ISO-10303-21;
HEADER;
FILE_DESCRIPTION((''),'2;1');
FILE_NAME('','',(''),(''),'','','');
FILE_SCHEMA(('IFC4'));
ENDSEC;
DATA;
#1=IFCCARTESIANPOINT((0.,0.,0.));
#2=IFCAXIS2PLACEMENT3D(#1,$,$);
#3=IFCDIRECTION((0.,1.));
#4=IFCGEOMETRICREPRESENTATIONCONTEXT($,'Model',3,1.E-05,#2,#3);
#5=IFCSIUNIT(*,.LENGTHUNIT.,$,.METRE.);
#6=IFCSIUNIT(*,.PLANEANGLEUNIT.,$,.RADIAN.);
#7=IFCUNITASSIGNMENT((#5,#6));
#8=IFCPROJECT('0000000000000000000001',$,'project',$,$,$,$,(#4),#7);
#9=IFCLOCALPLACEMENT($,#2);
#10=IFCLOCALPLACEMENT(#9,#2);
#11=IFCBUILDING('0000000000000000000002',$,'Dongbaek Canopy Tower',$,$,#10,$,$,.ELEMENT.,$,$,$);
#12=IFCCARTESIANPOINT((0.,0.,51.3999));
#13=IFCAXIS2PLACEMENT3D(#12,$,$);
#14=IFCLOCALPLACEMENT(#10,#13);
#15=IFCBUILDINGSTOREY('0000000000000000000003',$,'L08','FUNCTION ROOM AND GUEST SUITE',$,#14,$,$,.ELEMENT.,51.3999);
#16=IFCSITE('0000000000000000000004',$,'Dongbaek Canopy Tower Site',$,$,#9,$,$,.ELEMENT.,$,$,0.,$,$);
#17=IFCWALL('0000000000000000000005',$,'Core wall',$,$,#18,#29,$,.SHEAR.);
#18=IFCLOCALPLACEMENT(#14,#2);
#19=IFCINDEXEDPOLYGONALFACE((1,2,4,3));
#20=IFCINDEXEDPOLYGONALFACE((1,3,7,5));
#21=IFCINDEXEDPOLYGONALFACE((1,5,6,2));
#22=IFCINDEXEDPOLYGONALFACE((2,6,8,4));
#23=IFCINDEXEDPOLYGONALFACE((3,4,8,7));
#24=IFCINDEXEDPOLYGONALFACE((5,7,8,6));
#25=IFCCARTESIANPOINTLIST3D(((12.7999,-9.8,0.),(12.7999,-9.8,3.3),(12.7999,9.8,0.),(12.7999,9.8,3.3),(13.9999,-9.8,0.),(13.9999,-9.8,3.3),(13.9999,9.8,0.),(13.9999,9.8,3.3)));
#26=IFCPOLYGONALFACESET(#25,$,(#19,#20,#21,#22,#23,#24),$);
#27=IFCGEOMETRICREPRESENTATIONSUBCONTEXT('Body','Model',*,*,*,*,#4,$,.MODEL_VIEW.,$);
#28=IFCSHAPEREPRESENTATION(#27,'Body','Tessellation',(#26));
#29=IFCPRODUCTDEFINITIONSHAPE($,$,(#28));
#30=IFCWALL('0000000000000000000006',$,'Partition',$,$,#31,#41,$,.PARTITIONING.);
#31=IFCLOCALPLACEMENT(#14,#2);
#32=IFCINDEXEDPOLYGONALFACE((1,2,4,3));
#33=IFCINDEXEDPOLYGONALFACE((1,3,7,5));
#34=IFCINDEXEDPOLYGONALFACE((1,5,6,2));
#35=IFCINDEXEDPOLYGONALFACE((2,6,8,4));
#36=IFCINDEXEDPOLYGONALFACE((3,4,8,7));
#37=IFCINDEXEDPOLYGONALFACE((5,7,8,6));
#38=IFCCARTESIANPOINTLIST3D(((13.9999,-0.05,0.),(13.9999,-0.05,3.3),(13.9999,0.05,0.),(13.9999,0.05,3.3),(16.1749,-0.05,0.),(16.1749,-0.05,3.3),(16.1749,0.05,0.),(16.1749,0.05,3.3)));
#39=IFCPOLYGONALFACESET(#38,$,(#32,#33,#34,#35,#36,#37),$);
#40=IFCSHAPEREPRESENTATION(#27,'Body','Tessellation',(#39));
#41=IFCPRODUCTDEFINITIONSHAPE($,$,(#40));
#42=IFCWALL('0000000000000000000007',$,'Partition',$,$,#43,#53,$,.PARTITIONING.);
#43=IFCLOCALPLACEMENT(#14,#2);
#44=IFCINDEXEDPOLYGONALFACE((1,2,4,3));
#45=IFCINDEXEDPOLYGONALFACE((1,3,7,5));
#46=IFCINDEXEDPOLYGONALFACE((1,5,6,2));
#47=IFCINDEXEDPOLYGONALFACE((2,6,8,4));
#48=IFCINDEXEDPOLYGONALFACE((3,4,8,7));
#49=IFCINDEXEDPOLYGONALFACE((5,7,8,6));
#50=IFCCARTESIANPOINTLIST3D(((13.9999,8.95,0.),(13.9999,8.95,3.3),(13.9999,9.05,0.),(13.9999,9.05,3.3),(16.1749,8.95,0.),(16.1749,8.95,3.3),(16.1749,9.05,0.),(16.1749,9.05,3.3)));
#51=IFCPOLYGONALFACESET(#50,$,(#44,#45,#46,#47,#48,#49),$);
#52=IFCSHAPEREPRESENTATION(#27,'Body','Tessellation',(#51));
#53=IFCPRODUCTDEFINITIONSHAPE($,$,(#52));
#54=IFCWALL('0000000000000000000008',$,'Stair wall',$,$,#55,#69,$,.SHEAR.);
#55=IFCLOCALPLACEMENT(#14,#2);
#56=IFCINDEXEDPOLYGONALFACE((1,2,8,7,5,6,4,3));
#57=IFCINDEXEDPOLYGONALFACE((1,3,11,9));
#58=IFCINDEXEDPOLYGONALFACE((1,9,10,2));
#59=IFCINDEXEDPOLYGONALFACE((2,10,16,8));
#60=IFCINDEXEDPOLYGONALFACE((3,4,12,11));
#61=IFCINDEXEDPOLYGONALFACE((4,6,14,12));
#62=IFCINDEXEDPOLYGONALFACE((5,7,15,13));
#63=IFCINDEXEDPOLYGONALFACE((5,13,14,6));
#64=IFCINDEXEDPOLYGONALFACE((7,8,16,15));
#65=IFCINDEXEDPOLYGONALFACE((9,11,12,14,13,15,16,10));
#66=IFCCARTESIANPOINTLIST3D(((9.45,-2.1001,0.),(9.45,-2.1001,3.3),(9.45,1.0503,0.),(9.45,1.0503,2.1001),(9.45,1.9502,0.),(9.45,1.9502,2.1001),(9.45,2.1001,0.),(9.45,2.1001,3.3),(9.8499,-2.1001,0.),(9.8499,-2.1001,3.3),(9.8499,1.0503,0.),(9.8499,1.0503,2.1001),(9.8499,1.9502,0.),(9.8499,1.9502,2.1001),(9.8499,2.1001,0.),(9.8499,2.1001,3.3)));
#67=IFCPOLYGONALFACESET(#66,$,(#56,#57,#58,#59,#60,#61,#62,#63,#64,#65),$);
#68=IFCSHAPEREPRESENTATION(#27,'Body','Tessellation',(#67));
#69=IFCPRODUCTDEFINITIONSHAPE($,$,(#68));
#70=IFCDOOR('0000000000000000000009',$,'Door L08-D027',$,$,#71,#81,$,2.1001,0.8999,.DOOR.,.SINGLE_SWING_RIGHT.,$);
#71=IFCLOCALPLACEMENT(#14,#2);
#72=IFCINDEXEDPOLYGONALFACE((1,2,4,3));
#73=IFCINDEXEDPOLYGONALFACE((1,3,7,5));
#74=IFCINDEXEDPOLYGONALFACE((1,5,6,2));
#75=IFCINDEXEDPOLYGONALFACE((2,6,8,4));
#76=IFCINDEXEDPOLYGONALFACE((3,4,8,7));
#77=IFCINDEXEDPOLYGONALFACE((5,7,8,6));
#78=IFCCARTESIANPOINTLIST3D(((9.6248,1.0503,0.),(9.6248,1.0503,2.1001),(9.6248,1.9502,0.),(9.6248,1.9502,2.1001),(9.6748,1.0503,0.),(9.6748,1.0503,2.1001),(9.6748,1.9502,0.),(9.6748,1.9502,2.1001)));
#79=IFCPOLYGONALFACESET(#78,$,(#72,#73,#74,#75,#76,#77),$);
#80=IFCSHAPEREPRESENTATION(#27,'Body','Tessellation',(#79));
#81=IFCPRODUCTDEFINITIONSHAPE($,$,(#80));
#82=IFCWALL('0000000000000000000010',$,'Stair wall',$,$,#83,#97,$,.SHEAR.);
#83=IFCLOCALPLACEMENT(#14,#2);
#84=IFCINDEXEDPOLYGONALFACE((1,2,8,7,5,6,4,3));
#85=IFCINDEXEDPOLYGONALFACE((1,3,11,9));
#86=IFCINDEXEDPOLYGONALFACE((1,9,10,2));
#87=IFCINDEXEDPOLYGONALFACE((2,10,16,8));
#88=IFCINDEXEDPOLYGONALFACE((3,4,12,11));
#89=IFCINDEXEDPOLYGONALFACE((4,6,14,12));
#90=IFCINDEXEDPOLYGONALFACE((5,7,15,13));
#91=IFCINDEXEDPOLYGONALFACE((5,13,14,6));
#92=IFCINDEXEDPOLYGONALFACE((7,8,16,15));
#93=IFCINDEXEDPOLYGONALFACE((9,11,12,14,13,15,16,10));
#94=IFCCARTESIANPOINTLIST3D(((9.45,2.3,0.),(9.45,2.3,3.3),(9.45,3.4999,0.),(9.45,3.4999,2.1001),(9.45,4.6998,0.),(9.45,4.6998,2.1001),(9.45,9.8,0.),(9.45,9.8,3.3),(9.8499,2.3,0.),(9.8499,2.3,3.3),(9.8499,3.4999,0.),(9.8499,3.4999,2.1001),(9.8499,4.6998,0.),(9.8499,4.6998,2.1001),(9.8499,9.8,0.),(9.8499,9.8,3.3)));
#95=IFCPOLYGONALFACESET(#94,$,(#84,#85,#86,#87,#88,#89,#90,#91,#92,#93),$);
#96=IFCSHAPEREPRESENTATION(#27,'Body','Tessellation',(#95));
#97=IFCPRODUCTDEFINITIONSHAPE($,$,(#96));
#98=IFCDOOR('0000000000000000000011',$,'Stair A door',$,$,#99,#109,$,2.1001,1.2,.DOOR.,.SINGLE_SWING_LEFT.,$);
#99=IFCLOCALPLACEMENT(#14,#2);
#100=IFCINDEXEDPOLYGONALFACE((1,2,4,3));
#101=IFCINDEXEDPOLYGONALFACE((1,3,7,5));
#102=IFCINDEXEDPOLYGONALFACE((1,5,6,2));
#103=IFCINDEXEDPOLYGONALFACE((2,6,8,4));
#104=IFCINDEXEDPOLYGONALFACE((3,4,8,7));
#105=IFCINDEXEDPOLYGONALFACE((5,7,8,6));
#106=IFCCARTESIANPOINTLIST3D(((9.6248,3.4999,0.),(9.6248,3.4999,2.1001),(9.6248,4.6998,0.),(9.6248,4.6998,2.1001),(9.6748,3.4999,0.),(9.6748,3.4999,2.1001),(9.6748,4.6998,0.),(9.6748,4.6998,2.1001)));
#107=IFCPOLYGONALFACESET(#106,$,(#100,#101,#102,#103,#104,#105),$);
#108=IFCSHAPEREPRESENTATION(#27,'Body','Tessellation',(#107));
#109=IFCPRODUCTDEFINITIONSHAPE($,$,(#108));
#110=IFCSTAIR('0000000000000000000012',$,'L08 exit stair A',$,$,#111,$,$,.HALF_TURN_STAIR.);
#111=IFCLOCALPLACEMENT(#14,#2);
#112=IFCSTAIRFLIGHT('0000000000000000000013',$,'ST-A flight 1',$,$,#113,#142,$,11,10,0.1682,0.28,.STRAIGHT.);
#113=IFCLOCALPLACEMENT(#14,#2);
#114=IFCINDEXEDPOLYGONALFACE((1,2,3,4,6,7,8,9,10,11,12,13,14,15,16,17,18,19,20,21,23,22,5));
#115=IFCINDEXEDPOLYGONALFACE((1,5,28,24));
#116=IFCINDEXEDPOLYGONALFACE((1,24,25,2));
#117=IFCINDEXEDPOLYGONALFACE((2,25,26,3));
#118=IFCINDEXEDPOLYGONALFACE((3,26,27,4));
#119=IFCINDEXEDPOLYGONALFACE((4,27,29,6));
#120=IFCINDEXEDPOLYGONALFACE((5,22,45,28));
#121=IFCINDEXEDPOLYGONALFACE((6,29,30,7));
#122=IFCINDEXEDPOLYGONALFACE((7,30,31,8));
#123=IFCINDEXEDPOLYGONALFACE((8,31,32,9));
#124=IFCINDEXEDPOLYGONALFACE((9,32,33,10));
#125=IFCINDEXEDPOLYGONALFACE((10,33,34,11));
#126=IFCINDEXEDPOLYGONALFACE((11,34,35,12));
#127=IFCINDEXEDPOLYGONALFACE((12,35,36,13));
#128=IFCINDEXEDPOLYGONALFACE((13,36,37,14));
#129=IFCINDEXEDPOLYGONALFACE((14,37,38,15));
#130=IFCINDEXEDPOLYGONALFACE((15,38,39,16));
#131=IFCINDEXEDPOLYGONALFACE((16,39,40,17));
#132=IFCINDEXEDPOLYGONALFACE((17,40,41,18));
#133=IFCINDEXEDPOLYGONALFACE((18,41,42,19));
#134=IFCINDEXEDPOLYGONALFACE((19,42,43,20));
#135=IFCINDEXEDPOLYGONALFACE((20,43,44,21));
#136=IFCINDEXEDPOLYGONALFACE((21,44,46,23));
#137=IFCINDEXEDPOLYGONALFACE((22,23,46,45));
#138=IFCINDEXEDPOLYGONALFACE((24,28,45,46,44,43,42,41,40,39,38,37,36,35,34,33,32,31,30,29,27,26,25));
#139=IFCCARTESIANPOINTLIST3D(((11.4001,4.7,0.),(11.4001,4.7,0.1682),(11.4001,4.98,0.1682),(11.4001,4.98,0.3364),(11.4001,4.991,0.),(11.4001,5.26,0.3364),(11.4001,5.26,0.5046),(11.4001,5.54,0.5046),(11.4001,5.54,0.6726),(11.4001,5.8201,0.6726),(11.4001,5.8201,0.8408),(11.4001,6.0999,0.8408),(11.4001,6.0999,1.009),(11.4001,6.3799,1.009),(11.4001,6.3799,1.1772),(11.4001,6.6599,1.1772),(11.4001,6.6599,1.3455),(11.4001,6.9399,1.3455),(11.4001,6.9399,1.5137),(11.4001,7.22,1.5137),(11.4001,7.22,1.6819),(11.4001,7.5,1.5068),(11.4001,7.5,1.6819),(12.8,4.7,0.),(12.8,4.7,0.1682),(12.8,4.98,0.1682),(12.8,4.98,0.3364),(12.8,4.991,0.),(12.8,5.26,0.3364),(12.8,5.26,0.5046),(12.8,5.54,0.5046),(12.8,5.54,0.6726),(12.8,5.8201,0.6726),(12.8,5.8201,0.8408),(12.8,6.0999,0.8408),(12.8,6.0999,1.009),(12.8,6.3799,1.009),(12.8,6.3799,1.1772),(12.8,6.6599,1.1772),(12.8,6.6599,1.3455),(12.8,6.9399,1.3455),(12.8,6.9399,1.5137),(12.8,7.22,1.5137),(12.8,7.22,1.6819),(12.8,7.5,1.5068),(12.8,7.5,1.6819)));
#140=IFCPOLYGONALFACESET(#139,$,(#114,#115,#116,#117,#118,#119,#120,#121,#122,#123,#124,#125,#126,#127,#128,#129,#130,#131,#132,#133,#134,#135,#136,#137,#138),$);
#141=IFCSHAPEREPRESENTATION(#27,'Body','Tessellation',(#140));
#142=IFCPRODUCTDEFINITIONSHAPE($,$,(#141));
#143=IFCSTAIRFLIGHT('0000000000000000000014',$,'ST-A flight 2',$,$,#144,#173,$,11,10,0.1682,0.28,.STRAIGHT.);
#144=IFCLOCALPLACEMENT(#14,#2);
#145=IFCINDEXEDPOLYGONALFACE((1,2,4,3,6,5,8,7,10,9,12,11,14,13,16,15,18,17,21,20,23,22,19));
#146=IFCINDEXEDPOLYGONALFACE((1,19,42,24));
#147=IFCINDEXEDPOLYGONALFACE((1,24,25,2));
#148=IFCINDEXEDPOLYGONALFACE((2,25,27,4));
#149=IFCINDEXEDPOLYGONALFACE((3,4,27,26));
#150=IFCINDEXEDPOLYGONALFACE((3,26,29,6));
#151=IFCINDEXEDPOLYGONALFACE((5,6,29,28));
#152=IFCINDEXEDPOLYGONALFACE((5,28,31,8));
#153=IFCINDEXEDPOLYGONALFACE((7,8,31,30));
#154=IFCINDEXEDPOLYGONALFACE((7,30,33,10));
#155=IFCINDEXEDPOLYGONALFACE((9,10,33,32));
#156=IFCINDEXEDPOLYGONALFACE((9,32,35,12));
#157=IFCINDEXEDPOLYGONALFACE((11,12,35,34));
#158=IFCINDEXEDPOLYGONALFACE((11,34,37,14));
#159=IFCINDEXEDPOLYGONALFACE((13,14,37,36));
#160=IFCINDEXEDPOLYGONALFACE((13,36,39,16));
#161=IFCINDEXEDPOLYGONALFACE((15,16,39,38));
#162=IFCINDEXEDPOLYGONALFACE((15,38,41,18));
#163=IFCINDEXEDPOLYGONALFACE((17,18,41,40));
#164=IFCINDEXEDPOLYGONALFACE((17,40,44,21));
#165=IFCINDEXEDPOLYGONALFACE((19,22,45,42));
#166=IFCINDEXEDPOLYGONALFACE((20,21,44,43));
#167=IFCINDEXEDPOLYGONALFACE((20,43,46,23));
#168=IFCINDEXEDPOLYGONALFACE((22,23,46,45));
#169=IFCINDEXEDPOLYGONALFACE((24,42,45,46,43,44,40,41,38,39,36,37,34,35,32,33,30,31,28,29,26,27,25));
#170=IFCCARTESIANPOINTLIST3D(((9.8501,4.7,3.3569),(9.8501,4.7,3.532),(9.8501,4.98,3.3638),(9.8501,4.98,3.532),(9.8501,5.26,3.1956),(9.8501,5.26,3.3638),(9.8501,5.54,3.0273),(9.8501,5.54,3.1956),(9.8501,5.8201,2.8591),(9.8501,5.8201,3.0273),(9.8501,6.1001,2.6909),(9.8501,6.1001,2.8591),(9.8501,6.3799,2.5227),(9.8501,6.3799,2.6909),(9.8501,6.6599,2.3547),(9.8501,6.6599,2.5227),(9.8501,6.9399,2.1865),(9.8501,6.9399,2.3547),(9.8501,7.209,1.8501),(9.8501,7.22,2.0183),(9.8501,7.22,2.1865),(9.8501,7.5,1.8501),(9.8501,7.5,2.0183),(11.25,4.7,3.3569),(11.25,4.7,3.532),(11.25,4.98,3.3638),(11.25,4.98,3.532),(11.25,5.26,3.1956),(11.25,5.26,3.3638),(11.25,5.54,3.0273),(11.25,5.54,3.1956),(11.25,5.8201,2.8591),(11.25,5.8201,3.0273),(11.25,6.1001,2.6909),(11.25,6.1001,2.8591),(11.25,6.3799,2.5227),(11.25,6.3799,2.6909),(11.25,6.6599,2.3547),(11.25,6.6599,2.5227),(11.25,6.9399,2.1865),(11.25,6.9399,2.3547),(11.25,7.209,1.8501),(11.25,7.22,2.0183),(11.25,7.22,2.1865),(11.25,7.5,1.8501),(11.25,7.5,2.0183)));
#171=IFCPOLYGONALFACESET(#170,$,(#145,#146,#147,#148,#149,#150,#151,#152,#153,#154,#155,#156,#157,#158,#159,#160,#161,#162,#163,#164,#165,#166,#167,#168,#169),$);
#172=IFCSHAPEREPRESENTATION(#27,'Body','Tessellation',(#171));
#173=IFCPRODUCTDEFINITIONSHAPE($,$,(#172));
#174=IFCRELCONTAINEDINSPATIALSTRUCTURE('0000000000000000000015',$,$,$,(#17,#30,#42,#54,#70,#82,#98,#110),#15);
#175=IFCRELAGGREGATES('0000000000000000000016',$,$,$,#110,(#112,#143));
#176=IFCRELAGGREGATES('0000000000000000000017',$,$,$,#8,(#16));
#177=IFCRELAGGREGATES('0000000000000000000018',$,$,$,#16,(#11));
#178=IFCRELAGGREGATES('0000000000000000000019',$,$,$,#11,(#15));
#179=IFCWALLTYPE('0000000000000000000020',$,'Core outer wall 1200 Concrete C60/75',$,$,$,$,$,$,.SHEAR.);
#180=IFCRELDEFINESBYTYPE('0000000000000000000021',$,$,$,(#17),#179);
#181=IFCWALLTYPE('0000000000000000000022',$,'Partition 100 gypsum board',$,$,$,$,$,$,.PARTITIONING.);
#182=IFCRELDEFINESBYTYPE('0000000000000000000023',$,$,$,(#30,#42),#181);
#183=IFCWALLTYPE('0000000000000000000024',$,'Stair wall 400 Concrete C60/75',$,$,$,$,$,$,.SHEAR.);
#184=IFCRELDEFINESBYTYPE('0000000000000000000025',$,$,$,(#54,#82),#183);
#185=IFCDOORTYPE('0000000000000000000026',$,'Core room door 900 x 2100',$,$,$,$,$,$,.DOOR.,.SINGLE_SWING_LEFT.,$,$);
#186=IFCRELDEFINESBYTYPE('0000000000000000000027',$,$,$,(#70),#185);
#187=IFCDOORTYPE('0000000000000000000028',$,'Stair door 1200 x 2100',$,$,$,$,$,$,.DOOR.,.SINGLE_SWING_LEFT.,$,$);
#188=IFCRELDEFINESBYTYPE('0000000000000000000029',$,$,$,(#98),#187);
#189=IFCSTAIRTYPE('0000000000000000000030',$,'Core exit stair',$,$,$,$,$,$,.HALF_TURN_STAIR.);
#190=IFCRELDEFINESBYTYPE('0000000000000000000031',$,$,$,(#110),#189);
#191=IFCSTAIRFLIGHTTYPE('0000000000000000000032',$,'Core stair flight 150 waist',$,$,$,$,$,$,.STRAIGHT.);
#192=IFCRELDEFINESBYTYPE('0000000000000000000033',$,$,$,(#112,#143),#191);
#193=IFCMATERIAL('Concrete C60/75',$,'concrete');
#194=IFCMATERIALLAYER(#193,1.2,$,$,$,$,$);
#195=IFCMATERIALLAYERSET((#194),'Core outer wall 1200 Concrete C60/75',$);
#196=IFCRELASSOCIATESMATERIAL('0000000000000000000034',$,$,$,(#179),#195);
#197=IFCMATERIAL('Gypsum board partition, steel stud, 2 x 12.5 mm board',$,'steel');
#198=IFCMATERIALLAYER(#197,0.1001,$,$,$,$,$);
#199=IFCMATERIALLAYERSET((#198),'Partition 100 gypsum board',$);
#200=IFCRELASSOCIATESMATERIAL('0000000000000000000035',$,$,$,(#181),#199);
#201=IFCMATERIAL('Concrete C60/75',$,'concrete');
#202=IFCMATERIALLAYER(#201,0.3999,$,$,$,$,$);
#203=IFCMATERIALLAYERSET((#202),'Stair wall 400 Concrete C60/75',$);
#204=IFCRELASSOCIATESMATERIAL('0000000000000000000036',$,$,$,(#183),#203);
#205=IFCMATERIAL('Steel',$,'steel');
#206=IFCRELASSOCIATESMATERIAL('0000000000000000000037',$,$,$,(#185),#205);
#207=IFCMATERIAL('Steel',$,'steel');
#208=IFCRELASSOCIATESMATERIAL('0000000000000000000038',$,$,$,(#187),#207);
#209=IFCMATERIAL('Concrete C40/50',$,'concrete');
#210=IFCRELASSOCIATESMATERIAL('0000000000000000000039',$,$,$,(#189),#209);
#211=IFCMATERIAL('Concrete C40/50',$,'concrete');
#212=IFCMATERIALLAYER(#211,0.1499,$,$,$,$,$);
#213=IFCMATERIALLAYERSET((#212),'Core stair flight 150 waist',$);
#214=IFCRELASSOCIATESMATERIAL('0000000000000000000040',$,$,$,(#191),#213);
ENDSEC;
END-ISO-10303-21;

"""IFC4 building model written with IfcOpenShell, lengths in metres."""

from ifc_helpers import new_model, si_unit, direction, frame, frame_2d, origin, place, context, subcontext, project, spatial, polyline, rectangle, outline, extrude, material, layer, layer_set, type_object, element, fill, aggregate, save


model = new_model("IFC4")

# Units and contexts
model_context = context("Model", 3, precision=1e-05, world=origin(), true_north=direction((0.0, 1.0)))
body_context = subcontext(model_context, "Body", "Model", "MODEL_VIEW")
ifc_project = project(units=[si_unit("LENGTHUNIT", "METRE"), si_unit("PLANEANGLEUNIT", "RADIAN")], contexts=[model_context])

# Site, building, storey
site_placement = place(None, origin())
site = spatial("IfcSite", under=ifc_project, at=site_placement, Name="Dongbaek Canopy Tower Site", CompositionType="ELEMENT", RefElevation=0.0)
building_placement = place(site_placement, origin())
building = spatial("IfcBuilding", under=site, at=building_placement, Name="Dongbaek Canopy Tower", CompositionType="ELEMENT")
storey_placement = place(building_placement, frame((0.0, 0.0, 51.3999)))
storey = spatial("IfcBuildingStorey", under=building, at=storey_placement, Name="L08", Description="FUNCTION ROOM AND GUEST SUITE", CompositionType="ELEMENT", Elevation=51.3999)

# Walls
ifc_material_1 = material(Name="Concrete C60/75", Category="concrete")
ifc_layer_1 = layer(ifc_material_1, 1.2)
ifc_layer_set_1 = layer_set([ifc_layer_1], Name="Core outer wall 1200 Concrete C60/75")
wall_type_1 = type_object("IfcWallType", Name="Core outer wall 1200 Concrete C60/75", PredefinedType="SHEAR", material=ifc_layer_set_1)
wall_1_placement = place(storey_placement, frame((13.3999, 9.8, 0.0), z_axis=(0.0, 0.0, 1.0), x_axis=(0.0, -1.0, 0.0)))
element("IfcWall", 1, at=wall_1_placement, inside=storey, type_object=wall_type_1, Name="Core wall", PredefinedType="SHEAR", context=body_context, shape_type="SweptSolid", body=[
    extrude(rectangle(XDim=19.6001, YDim=1.2, at=frame_2d((9.8, 0.0))), origin(), (0.0, 0.0, 1.0), 3.3),
])
ifc_material_2 = material(Name="Gypsum board partition, steel stud, 2 x 12.5 mm board", Category="steel")
ifc_layer_2 = layer(ifc_material_2, 0.1001)
ifc_layer_set_2 = layer_set([ifc_layer_2], Name="Partition 100 gypsum board")
wall_type_2 = type_object("IfcWallType", Name="Partition 100 gypsum board", PredefinedType="PARTITIONING", material=ifc_layer_set_2)
for number, where, z_axis, x_axis, name in (
    (2, (14.0, 0.0, 0.0), (0.0, 0.0, 1.0), (1.0, 0.0, 0.0), "Partition"),
    (3, (14.0, 9.0, 0.0), (0.0, 0.0, 1.0), (1.0, 0.0, 0.0), "Partition"),
):
    element("IfcWall", number, at=place(storey_placement, frame(where, z_axis=z_axis, x_axis=x_axis)), inside=storey, type_object=wall_type_2, Name=name, PredefinedType="PARTITIONING", context=body_context, shape_type="SweptSolid", body=[
        extrude(rectangle(XDim=2.175, YDim=0.1001, at=frame_2d((1.0874, 0.0))), origin(), (0.0, 0.0, 1.0), 3.3),
    ])

# Walls, openings, doors
ifc_material_3 = material(Name="Concrete C60/75", Category="concrete")
ifc_layer_3 = layer(ifc_material_3, 0.3999)
ifc_layer_set_3 = layer_set([ifc_layer_3], Name="Stair wall 400 Concrete C60/75")
wall_type_3 = type_object("IfcWallType", Name="Stair wall 400 Concrete C60/75", PredefinedType="SHEAR", material=ifc_layer_set_3)
wall_2_placement = place(storey_placement, frame((9.6499, 2.1001, 0.0), z_axis=(0.0, 0.0, 1.0), x_axis=(0.0, -1.0, 0.0)))
wall_2 = element("IfcWall", 4, at=wall_2_placement, inside=storey, type_object=wall_type_3, Name="Stair wall", PredefinedType="SHEAR", context=body_context, shape_type="SweptSolid", body=[
    extrude(rectangle(XDim=4.2002, YDim=0.3999, at=frame_2d((2.1001, 0.0))), origin(), (0.0, 0.0, 1.0), 3.3),
])
opening_1_placement = place(wall_2_placement, frame((0.1499, 0.0, 0.0)))
opening_1 = element("IfcOpeningElement", 5, at=opening_1_placement, cuts=wall_2, PredefinedType="OPENING", context=body_context, shape_type="SweptSolid", body=[
    extrude(rectangle(XDim=0.8999, YDim=2.1001, at=frame_2d((0.45, 1.05))), frame((0.0, 0.21, 0.0), z_axis=(0.0, -1.0, 0.0), x_axis=(1.0, 0.0, 0.0)), (0.0, 0.0, 1.0), 0.4199),
])
ifc_material_4 = material(Name="Steel", Category="steel")
door_type_1 = type_object("IfcDoorType", Name="Core room door 900 x 2100", OperationType="SINGLE_SWING_LEFT", PredefinedType="DOOR", material=ifc_material_4)
door_1_placement = place(opening_1_placement, origin())
door_1 = element("IfcDoor", 6, at=door_1_placement, inside=storey, type_object=door_type_1, Name="Door L08-D027", OperationType="SINGLE_SWING_RIGHT", OverallHeight=2.1001, OverallWidth=0.8999, PredefinedType="DOOR", context=body_context, shape_type="SweptSolid", body=[
    extrude(rectangle(XDim=0.8999, YDim=2.1001, at=frame_2d((0.45, 1.05))), frame((0.0, 0.0249, 0.0), z_axis=(0.0, -1.0, 0.0), x_axis=(1.0, 0.0, 0.0)), (0.0, 0.0, 1.0), 0.05),
])
fill(opening_1, door_1)
wall_3_placement = place(storey_placement, frame((9.6499, 9.8, 0.0), z_axis=(0.0, 0.0, 1.0), x_axis=(0.0, -1.0, 0.0)))
wall_3 = element("IfcWall", 7, at=wall_3_placement, inside=storey, type_object=wall_type_3, Name="Stair wall", PredefinedType="SHEAR", context=body_context, shape_type="SweptSolid", body=[
    extrude(rectangle(XDim=7.5, YDim=0.3999, at=frame_2d((3.75, 0.0))), origin(), (0.0, 0.0, 1.0), 3.3),
])
opening_2_placement = place(wall_3_placement, frame((5.1001, 0.0, 0.0)))
opening_2 = element("IfcOpeningElement", 8, at=opening_2_placement, cuts=wall_3, PredefinedType="OPENING", context=body_context, shape_type="SweptSolid", body=[
    extrude(rectangle(XDim=1.2, YDim=2.1001, at=frame_2d((0.6001, 1.05))), frame((0.0, 0.21, 0.0), z_axis=(0.0, -1.0, 0.0), x_axis=(1.0, 0.0, 0.0)), (0.0, 0.0, 1.0), 0.4199),
])
ifc_material_5 = material(Name="Steel", Category="steel")
door_type_2 = type_object("IfcDoorType", Name="Stair door 1200 x 2100", OperationType="SINGLE_SWING_LEFT", PredefinedType="DOOR", material=ifc_material_5)
door_2_placement = place(opening_2_placement, origin())
door_2 = element("IfcDoor", 9, at=door_2_placement, inside=storey, type_object=door_type_2, Name="Stair A door", OperationType="SINGLE_SWING_LEFT", OverallHeight=2.1001, OverallWidth=1.2, PredefinedType="DOOR", context=body_context, shape_type="SweptSolid", body=[
    extrude(rectangle(XDim=1.2, YDim=2.1001, at=frame_2d((0.6001, 1.05))), frame((0.0, 0.0249, 0.0), z_axis=(0.0, -1.0, 0.0), x_axis=(1.0, 0.0, 0.0)), (0.0, 0.0, 1.0), 0.05),
])
fill(opening_2, door_2)

# Stair, stair flights
ifc_material_6 = material(Name="Concrete C40/50", Category="concrete")
stair_type = type_object("IfcStairType", Name="Core exit stair", PredefinedType="HALF_TURN_STAIR", material=ifc_material_6)
stair_placement = place(storey_placement, origin())
stair = element("IfcStair", 10, at=stair_placement, inside=storey, type_object=stair_type, Name="L08 exit stair A", PredefinedType="HALF_TURN_STAIR")
ifc_material_7 = material(Name="Concrete C40/50", Category="concrete")
ifc_layer_4 = layer(ifc_material_7, 0.1499)
ifc_layer_set_4 = layer_set([ifc_layer_4], Name="Core stair flight 150 waist")
stair_flight_type = type_object("IfcStairFlightType", Name="Core stair flight 150 waist", PredefinedType="STRAIGHT", material=ifc_layer_set_4)
stair_flight_1_placement = place(storey_placement, frame((12.1001, 4.7, 0.0), z_axis=(0.0, 0.0, 1.0), x_axis=(0.0, 1.0, 0.0)))
stair_flight_1 = element("IfcStairFlight", 11, at=stair_flight_1_placement, type_object=stair_flight_type, Name="ST-A flight 1", NumberOfRisers=11, NumberOfTreads=10, PredefinedType="STRAIGHT", RiserHeight=0.1682, TreadLength=0.28, context=body_context, shape_type="SweptSolid", body=[
    extrude(outline(polyline([(0.0, 0.0), (0.0, 0.1682), (0.28, 0.1682), (0.28, 0.3364), (0.5601, 0.3364), (0.5601, 0.5046), (0.8401, 0.5046), (0.8401, 0.6726), (1.1201, 0.6726), (1.1201, 0.8408), (1.3999, 0.8408), (1.3999, 1.009), (1.6799, 1.009), (1.6799, 1.1772), (1.96, 1.1772), (1.96, 1.3455), (2.24, 1.3455), (2.24, 1.5137), (2.52, 1.5137), (2.52, 1.6819), (2.8, 1.6819), (2.8, 1.8501), (2.8, 1.5068), (0.291, 0.0), (0.0, 0.0)])), frame((0.0, 0.7, 0.0), z_axis=(0.0, -1.0, 0.0), x_axis=(1.0, 0.0, 0.0)), (0.0, 0.0, 1.0), 1.3999),
])
stair_flight_2_placement = place(storey_placement, frame((10.55, 7.5, 1.8501), z_axis=(0.0, 0.0, 1.0), x_axis=(0.0, -1.0, 0.0)))
stair_flight_2 = element("IfcStairFlight", 12, at=stair_flight_2_placement, type_object=stair_flight_type, Name="ST-A flight 2", NumberOfRisers=11, NumberOfTreads=10, PredefinedType="STRAIGHT", RiserHeight=0.1682, TreadLength=0.28, context=body_context, shape_type="SweptSolid", body=[
    extrude(outline(polyline([(0.0, 0.0), (0.0, 0.1682), (0.28, 0.1682), (0.28, 0.3364), (0.5601, 0.3364), (0.5601, 0.5046), (0.8401, 0.5046), (0.8401, 0.6726), (1.1201, 0.6726), (1.1201, 0.8408), (1.3999, 0.8408), (1.3999, 1.009), (1.6799, 1.009), (1.6799, 1.1772), (1.96, 1.1772), (1.96, 1.3455), (2.24, 1.3455), (2.24, 1.5137), (2.52, 1.5137), (2.52, 1.6819), (2.8, 1.6819), (2.8, 1.8501), (2.8, 1.5068), (0.291, 0.0), (0.0, 0.0)])), frame((0.0, 0.7, 0.0), z_axis=(0.0, -1.0, 0.0), x_axis=(1.0, 0.0, 0.0)), (0.0, 0.0, 1.0), 1.3999),
])
aggregate(stair, [stair_flight_1, stair_flight_2])

save(model, "model.ifc")
